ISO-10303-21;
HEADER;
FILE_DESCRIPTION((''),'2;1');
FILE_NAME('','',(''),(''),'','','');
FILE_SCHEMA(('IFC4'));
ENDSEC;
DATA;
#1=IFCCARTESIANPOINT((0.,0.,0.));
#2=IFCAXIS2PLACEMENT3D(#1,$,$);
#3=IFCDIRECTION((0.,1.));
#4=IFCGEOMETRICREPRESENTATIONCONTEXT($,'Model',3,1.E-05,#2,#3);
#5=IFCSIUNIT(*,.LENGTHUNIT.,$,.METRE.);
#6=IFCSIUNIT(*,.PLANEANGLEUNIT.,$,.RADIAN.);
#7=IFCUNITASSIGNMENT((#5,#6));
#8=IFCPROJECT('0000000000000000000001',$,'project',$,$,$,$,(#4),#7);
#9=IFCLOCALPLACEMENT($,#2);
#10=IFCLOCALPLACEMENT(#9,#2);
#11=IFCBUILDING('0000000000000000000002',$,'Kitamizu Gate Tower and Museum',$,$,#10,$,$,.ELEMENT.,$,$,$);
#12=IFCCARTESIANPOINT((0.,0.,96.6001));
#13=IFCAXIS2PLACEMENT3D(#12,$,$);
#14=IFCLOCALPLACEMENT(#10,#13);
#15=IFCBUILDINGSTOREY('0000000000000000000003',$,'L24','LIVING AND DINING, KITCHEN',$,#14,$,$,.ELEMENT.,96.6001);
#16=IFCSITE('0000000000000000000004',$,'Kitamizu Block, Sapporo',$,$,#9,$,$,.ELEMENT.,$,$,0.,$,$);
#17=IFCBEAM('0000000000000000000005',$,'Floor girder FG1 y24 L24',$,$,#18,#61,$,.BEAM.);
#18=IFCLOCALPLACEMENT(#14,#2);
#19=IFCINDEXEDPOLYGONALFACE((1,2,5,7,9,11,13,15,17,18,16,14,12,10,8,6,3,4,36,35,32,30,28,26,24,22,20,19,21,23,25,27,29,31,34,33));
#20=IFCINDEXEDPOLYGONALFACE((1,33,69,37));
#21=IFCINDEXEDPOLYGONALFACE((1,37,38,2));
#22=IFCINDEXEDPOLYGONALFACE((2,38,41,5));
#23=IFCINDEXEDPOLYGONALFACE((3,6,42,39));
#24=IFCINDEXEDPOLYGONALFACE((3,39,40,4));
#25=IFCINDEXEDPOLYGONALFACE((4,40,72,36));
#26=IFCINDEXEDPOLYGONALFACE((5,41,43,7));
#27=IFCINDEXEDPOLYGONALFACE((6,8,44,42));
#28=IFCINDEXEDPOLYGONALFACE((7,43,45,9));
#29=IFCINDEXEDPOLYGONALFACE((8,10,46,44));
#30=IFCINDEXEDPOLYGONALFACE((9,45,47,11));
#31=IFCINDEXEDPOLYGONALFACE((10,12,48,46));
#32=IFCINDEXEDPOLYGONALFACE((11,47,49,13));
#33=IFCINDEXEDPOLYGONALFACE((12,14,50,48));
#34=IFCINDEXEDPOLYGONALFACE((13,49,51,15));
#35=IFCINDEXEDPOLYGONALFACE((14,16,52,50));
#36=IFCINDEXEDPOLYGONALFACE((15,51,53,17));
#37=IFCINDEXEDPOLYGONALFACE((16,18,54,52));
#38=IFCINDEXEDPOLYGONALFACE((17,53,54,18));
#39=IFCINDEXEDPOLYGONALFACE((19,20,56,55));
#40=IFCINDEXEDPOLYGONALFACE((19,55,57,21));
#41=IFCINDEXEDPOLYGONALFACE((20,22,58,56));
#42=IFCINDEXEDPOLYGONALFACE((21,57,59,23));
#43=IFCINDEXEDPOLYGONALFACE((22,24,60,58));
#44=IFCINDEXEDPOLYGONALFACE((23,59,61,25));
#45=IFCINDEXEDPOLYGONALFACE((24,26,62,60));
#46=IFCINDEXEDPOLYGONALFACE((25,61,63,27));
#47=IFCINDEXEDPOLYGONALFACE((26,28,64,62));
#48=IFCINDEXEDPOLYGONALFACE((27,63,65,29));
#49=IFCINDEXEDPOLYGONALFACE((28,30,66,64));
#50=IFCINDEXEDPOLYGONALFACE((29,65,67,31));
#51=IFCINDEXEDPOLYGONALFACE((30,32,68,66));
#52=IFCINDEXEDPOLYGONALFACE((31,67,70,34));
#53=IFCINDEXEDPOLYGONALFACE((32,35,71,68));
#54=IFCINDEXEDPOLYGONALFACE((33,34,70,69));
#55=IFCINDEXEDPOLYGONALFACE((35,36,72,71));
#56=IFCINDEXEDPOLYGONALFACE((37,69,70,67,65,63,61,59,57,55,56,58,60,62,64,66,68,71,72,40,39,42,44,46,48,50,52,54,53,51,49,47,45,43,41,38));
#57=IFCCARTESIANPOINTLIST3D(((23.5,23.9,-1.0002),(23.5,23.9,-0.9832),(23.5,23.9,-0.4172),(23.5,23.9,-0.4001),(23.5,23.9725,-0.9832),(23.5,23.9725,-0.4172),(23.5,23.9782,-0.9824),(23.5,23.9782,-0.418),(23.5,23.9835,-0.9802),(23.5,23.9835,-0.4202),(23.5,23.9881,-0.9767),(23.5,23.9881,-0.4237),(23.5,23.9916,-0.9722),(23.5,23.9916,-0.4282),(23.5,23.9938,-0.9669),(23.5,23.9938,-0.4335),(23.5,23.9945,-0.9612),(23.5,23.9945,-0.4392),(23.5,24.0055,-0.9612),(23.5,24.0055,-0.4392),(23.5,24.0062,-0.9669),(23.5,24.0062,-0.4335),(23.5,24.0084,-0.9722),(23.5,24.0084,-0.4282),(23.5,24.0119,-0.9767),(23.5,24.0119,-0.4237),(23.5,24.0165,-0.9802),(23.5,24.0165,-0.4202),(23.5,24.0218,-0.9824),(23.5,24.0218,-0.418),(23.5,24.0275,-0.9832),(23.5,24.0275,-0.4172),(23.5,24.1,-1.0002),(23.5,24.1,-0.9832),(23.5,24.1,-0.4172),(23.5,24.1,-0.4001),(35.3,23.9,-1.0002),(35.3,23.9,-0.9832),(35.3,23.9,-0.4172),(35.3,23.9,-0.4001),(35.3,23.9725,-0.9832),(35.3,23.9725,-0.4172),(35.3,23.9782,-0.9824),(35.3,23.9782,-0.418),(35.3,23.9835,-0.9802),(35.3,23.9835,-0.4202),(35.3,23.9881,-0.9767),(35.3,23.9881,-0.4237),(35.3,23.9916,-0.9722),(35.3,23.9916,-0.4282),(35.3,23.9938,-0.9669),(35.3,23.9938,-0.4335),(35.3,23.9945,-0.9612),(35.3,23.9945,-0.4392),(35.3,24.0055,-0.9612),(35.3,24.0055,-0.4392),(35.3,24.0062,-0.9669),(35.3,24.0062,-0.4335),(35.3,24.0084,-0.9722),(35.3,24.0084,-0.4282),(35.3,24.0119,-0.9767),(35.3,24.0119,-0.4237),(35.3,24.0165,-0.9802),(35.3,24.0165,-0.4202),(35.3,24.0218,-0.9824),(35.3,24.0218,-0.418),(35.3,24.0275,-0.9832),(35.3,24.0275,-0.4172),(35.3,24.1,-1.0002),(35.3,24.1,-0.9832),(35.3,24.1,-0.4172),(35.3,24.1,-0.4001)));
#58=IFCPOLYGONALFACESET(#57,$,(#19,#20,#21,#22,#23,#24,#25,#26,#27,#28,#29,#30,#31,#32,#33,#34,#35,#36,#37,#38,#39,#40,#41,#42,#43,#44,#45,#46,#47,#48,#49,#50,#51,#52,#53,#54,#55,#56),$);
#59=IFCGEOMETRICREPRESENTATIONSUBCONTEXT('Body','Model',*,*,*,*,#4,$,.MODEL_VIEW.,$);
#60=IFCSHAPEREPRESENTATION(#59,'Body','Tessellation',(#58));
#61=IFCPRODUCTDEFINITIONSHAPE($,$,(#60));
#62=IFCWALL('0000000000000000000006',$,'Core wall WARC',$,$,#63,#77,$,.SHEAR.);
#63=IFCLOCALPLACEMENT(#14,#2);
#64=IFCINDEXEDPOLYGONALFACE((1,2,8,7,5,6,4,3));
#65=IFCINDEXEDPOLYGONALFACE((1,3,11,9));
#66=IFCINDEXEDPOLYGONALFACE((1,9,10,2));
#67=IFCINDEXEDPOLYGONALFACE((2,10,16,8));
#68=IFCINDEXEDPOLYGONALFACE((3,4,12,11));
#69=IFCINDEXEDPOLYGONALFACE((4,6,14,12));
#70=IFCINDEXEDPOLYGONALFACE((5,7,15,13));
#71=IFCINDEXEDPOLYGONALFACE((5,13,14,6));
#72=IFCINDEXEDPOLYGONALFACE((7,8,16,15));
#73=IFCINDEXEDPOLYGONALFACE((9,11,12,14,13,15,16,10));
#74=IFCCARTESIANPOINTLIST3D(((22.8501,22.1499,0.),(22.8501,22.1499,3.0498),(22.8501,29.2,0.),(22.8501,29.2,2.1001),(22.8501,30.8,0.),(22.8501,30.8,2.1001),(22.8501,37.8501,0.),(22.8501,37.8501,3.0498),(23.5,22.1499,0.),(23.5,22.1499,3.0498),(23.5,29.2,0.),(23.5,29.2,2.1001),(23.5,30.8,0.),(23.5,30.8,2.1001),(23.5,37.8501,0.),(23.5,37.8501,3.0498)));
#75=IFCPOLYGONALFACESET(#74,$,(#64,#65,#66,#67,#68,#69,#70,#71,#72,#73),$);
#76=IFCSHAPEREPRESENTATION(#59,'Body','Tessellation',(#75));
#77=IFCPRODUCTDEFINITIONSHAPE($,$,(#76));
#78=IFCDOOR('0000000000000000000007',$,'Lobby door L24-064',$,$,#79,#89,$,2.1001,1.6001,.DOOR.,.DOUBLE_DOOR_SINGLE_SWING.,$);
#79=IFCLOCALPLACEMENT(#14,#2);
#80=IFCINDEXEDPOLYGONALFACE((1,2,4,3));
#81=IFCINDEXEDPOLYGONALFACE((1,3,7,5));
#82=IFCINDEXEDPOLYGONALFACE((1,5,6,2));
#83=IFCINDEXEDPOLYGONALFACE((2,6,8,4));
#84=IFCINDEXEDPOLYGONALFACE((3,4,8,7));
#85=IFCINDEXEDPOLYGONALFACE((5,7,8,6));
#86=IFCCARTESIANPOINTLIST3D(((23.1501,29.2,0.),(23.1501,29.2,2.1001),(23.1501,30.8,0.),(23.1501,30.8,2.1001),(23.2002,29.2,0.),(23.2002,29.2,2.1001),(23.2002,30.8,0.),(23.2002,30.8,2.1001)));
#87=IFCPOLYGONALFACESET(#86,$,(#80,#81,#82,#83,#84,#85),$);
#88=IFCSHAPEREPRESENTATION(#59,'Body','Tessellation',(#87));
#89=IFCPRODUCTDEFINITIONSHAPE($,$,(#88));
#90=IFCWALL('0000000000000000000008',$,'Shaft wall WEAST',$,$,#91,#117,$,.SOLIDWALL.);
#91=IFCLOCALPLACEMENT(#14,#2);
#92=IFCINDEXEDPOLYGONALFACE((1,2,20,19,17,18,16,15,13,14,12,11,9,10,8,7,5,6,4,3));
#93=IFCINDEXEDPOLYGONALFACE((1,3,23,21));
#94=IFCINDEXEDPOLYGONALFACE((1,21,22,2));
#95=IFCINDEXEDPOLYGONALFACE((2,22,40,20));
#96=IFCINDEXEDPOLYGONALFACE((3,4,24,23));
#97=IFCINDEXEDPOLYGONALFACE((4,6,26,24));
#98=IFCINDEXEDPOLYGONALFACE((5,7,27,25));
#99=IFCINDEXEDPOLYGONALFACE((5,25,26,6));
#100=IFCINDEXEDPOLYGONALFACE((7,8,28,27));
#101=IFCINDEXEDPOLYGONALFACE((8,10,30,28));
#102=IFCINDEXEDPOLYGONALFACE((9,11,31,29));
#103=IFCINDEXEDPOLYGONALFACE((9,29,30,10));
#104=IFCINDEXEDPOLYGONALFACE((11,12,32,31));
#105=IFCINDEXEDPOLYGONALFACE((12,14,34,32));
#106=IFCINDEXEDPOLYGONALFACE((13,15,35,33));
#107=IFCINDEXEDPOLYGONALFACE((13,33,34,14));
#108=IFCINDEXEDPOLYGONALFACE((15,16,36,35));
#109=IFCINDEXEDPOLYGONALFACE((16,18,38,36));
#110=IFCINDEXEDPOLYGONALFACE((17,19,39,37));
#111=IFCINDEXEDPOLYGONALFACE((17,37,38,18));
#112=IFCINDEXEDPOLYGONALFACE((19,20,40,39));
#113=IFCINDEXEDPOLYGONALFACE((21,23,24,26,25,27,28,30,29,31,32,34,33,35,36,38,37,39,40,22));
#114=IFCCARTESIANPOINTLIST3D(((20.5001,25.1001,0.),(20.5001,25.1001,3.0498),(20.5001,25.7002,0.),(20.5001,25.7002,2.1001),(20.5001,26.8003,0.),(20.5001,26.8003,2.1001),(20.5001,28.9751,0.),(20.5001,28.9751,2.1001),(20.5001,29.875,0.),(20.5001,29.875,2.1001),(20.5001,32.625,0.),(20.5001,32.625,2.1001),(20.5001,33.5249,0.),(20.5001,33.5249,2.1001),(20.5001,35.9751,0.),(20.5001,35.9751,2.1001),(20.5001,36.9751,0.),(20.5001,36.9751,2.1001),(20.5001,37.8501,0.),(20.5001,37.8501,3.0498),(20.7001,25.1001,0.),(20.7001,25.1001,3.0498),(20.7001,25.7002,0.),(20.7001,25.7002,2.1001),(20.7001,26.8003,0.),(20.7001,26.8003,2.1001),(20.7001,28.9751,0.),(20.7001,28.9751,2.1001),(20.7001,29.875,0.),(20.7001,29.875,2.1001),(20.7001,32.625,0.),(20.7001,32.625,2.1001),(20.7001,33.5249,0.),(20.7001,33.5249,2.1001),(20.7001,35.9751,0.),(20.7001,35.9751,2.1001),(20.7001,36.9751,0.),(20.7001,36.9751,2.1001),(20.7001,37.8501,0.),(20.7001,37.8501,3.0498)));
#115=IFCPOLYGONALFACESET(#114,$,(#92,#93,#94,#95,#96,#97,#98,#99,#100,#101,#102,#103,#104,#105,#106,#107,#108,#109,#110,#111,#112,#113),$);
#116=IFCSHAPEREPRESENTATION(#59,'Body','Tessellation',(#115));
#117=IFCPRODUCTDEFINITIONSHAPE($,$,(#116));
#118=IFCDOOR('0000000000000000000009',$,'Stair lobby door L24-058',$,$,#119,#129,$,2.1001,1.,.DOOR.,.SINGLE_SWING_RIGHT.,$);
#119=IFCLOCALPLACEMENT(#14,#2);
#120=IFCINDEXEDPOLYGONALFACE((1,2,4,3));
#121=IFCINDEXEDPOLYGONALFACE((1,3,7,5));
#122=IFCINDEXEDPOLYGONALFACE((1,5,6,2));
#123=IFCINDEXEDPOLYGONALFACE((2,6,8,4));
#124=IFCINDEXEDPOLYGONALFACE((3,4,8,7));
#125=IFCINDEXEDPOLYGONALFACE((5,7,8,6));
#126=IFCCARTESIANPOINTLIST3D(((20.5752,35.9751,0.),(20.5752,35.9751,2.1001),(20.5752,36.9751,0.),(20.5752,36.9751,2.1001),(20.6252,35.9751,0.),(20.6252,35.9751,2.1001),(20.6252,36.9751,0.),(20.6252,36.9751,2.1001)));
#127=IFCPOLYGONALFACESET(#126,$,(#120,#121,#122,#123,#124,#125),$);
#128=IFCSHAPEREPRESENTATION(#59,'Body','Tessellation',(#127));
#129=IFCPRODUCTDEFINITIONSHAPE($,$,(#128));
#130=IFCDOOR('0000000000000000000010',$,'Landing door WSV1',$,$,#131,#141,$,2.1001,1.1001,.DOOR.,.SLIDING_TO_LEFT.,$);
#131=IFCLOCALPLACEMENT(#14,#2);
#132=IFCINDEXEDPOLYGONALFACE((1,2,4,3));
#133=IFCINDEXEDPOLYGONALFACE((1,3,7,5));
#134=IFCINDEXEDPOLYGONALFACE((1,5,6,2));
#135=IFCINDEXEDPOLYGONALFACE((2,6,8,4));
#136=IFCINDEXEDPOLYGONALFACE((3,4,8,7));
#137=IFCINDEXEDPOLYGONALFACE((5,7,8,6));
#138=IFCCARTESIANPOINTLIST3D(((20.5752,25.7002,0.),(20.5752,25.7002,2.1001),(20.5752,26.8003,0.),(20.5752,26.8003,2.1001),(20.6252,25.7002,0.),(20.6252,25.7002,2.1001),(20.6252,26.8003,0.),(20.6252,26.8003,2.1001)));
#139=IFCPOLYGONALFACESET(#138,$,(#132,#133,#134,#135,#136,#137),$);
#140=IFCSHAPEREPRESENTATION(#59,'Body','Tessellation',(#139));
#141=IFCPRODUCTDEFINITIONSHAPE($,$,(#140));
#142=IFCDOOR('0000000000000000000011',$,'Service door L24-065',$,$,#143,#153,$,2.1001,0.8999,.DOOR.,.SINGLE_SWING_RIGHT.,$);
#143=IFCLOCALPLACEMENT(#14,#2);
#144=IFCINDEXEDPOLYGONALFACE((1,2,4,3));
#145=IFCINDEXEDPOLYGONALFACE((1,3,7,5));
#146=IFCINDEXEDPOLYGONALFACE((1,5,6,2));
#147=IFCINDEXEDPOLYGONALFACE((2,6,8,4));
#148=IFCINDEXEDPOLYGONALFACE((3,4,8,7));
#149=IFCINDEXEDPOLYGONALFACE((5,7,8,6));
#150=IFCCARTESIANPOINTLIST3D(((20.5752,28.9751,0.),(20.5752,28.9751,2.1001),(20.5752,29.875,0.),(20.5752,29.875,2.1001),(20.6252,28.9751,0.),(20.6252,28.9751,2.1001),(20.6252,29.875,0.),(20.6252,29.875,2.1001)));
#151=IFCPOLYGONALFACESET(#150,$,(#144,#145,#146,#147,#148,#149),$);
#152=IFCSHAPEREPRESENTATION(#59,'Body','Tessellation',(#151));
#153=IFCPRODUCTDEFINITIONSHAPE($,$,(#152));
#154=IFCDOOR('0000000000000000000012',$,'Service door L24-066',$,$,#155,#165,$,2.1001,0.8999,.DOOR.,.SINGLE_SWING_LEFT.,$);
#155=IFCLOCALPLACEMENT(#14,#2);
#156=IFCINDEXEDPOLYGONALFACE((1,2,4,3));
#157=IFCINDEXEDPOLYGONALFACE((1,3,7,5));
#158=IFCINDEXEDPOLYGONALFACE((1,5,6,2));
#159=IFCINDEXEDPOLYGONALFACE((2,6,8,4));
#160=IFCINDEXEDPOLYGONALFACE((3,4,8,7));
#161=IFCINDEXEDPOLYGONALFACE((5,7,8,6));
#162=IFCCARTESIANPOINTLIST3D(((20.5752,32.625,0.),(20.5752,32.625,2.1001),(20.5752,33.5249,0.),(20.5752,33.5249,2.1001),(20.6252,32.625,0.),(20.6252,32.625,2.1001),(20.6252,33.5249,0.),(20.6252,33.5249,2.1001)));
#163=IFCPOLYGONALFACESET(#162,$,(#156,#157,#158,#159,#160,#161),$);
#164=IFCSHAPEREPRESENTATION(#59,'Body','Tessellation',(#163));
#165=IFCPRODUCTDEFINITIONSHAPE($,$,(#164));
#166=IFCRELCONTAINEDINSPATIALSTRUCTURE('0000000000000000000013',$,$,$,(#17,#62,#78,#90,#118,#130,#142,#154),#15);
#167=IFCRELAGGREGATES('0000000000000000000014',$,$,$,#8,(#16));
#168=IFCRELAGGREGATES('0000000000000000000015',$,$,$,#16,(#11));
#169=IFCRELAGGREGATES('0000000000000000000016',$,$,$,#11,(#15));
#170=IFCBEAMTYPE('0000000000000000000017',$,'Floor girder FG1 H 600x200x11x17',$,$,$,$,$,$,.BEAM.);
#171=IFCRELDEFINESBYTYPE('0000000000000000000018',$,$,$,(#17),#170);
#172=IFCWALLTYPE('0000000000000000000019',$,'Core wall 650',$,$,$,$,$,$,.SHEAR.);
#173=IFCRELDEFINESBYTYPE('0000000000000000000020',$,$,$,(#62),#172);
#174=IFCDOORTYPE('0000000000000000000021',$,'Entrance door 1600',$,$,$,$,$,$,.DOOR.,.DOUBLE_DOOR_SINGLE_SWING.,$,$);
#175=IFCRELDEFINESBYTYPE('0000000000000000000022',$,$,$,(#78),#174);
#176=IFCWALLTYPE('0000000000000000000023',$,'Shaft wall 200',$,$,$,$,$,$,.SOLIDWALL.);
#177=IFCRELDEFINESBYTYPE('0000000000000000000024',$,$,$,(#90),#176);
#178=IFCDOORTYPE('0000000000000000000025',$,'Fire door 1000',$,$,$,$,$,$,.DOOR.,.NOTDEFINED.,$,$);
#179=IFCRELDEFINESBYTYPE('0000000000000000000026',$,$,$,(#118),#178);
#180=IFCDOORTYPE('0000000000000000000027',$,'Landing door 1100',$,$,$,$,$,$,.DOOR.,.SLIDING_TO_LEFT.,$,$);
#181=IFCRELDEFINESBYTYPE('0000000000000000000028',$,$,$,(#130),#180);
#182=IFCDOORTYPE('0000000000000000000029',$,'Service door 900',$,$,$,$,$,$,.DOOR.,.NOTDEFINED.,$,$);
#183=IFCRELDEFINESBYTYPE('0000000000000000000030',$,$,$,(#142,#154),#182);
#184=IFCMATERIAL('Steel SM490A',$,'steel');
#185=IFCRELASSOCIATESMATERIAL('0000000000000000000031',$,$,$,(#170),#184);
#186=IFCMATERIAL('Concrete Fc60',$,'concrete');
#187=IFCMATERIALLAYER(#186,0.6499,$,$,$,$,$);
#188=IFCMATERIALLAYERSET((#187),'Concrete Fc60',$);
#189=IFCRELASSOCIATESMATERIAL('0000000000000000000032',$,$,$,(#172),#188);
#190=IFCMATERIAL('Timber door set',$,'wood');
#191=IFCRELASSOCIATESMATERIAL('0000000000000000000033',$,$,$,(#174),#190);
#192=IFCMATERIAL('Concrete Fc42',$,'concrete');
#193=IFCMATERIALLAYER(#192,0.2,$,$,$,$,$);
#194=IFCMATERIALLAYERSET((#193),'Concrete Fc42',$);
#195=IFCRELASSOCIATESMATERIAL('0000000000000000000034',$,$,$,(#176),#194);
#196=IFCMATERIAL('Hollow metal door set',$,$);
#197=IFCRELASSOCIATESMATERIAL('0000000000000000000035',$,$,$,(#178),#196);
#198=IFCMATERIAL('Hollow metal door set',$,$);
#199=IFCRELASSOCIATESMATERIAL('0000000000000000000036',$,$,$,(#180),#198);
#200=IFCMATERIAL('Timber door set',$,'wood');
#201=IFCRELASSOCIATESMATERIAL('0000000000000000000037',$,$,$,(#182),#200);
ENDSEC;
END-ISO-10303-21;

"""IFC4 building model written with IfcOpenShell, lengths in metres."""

from ifc_helpers import new_model, si_unit, direction, frame, frame_2d, origin, origin_2d, place, context, subcontext, project, spatial, rectangle, i_section, extrude, material, layer, layer_set, material_profile, profile_set, type_object, element, fill, save


model = new_model("IFC4")

# Units and contexts
model_context = context("Model", 3, precision=1e-05, world=origin(), true_north=direction((0.0, 1.0)))
body_context = subcontext(model_context, "Body", "Model", "MODEL_VIEW")
ifc_project = project(units=[si_unit("LENGTHUNIT", "METRE"), si_unit("PLANEANGLEUNIT", "RADIAN")], contexts=[model_context])

# Site, building, storey
site_placement = place(None, origin())
site = spatial("IfcSite", under=ifc_project, at=site_placement, Name="Kitamizu Block, Sapporo", CompositionType="ELEMENT", RefElevation=0.0)
building_placement = place(site_placement, origin())
building = spatial("IfcBuilding", under=site, at=building_placement, Name="Kitamizu Gate Tower and Museum", CompositionType="ELEMENT")
storey_placement = place(building_placement, frame((0.0, 0.0, 96.6001)))
storey = spatial("IfcBuildingStorey", under=building, at=storey_placement, Name="L24", Description="LIVING AND DINING, KITCHEN", CompositionType="ELEMENT", Elevation=96.6001)

# Beam
ifc_material_1 = material(Name="Steel SM490A", Category="steel")
ifc_material_profile = material_profile(ifc_material_1, i_section(OverallWidth=0.2, OverallDepth=0.6001, WebThickness=0.011, FlangeThickness=0.0171, FilletRadius=0.022, at=origin_2d()), Name="H-600x200x11x17")
ifc_profile_set = profile_set([ifc_material_profile], Name="Steel SM490A")
beam_type = type_object("IfcBeamType", Name="Floor girder FG1 H 600x200x11x17", PredefinedType="BEAM", material=ifc_profile_set)
beam_placement = place(storey_placement, frame((23.5, 24.0, -0.7002), z_axis=(1.0, 0.0, 0.0), x_axis=(0.0, 1.0, 0.0)))
element("IfcBeam", 1, at=beam_placement, inside=storey, type_object=beam_type, Name="Floor girder FG1 y24 L24", PredefinedType="BEAM", context=body_context, shape_type="SweptSolid", body=[
    extrude(i_section(OverallWidth=0.2, OverallDepth=0.6001, WebThickness=0.011, FlangeThickness=0.0171, FilletRadius=0.022, at=origin_2d()), origin(), (0.0, 0.0, 1.0), 11.8),
])

# Wall, opening, door
ifc_material_2 = material(Name="Concrete Fc60", Category="concrete")
ifc_layer_1 = layer(ifc_material_2, 0.6499)
ifc_layer_set_1 = layer_set([ifc_layer_1], Name="Concrete Fc60")
wall_type_1 = type_object("IfcWallType", Name="Core wall 650", PredefinedType="SHEAR", material=ifc_layer_set_1)
wall_1_placement = place(storey_placement, frame((23.175, 22.1499, 0.0), z_axis=(0.0, 0.0, 1.0), x_axis=(0.0, 1.0, 0.0)))
wall_1 = element("IfcWall", 2, at=wall_1_placement, inside=storey, type_object=wall_type_1, Name="Core wall WARC", PredefinedType="SHEAR", context=body_context, shape_type="SweptSolid", body=[
    extrude(rectangle(XDim=15.7002, YDim=0.6499, at=frame_2d((7.8501, 0.0))), origin(), (0.0, 0.0, 1.0), 3.0498),
])
opening_1_placement = place(wall_1_placement, frame((7.05, 0.0, 0.0)))
opening_1 = element("IfcOpeningElement", 3, at=opening_1_placement, cuts=wall_1, PredefinedType="OPENING", context=body_context, shape_type="SweptSolid", body=[
    extrude(rectangle(XDim=1.6001, YDim=2.1001, at=frame_2d((0.8, 1.05))), frame((0.0, 0.335, 0.0), z_axis=(0.0, -1.0, 0.0), x_axis=(1.0, 0.0, 0.0)), (0.0, 0.0, 1.0), 0.6699),
])
ifc_material_3 = material(Name="Timber door set", Category="wood")
door_type_1 = type_object("IfcDoorType", Name="Entrance door 1600", OperationType="DOUBLE_DOOR_SINGLE_SWING", PredefinedType="DOOR", material=ifc_material_3)
door_1_placement = place(opening_1_placement, origin())
door_1 = element("IfcDoor", 4, at=door_1_placement, inside=storey, type_object=door_type_1, Name="Lobby door L24-064", OperationType="DOUBLE_DOOR_SINGLE_SWING", OverallHeight=2.1001, OverallWidth=1.6001, PredefinedType="DOOR", context=body_context, shape_type="SweptSolid", body=[
    extrude(rectangle(XDim=1.6001, YDim=2.1001, at=frame_2d((0.8, 1.05))), frame((0.0, 0.0249, 0.0), z_axis=(0.0, -1.0, 0.0), x_axis=(1.0, 0.0, 0.0)), (0.0, 0.0, 1.0), 0.05),
])
fill(opening_1, door_1)

# Wall, openings, doors
ifc_material_4 = material(Name="Concrete Fc42", Category="concrete")
ifc_layer_2 = layer(ifc_material_4, 0.2)
ifc_layer_set_2 = layer_set([ifc_layer_2], Name="Concrete Fc42")
wall_type_2 = type_object("IfcWallType", Name="Shaft wall 200", PredefinedType="SOLIDWALL", material=ifc_layer_set_2)
wall_2_placement = place(storey_placement, frame((20.6001, 25.1001, 0.0), z_axis=(0.0, 0.0, 1.0), x_axis=(0.0, 1.0, 0.0)))
wall_2 = element("IfcWall", 5, at=wall_2_placement, inside=storey, type_object=wall_type_2, Name="Shaft wall WEAST", PredefinedType="SOLIDWALL", context=body_context, shape_type="SweptSolid", body=[
    extrude(rectangle(XDim=12.75, YDim=0.2, at=frame_2d((6.375, 0.0))), origin(), (0.0, 0.0, 1.0), 3.0498),
])
opening_2_placement = place(wall_2_placement, frame((0.6001, 0.0, 0.0)))
opening_2 = element("IfcOpeningElement", 6, at=opening_2_placement, cuts=wall_2, PredefinedType="OPENING", context=body_context, shape_type="SweptSolid", body=[
    extrude(rectangle(XDim=1.1001, YDim=2.1001, at=frame_2d((0.55, 1.05))), frame((0.0, 0.1099, 0.0), z_axis=(0.0, -1.0, 0.0), x_axis=(1.0, 0.0, 0.0)), (0.0, 0.0, 1.0), 0.22),
])
opening_3_placement = place(wall_2_placement, frame((10.875, 0.0, 0.0)))
opening_3 = element("IfcOpeningElement", 7, at=opening_3_placement, cuts=wall_2, PredefinedType="OPENING", context=body_context, shape_type="SweptSolid", body=[
    extrude(rectangle(XDim=1.0, YDim=2.1001, at=frame_2d((0.5, 1.05))), frame((0.0, 0.1099, 0.0), z_axis=(0.0, -1.0, 0.0), x_axis=(1.0, 0.0, 0.0)), (0.0, 0.0, 1.0), 0.22),
])
opening_4_placement = place(wall_2_placement, frame((3.875, 0.0, 0.0)))
opening_4 = element("IfcOpeningElement", 8, at=opening_4_placement, cuts=wall_2, PredefinedType="OPENING", context=body_context, shape_type="SweptSolid", body=[
    extrude(rectangle(XDim=0.8999, YDim=2.1001, at=frame_2d((0.45, 1.05))), frame((0.0, 0.1099, 0.0), z_axis=(0.0, -1.0, 0.0), x_axis=(1.0, 0.0, 0.0)), (0.0, 0.0, 1.0), 0.22),
])
opening_5_placement = place(wall_2_placement, frame((7.5249, 0.0, 0.0)))
opening_5 = element("IfcOpeningElement", 9, at=opening_5_placement, cuts=wall_2, PredefinedType="OPENING", context=body_context, shape_type="SweptSolid", body=[
    extrude(rectangle(XDim=0.8999, YDim=2.1001, at=frame_2d((0.45, 1.05))), frame((0.0, 0.1099, 0.0), z_axis=(0.0, -1.0, 0.0), x_axis=(1.0, 0.0, 0.0)), (0.0, 0.0, 1.0), 0.22),
])
ifc_material_5 = material(Name="Hollow metal door set")
door_type_2 = type_object("IfcDoorType", Name="Fire door 1000", OperationType="NOTDEFINED", PredefinedType="DOOR", material=ifc_material_5)
door_2_placement = place(opening_3_placement, origin())
door_2 = element("IfcDoor", 10, at=door_2_placement, inside=storey, type_object=door_type_2, Name="Stair lobby door L24-058", OperationType="SINGLE_SWING_RIGHT", OverallHeight=2.1001, OverallWidth=1.0, PredefinedType="DOOR", context=body_context, shape_type="SweptSolid", body=[
    extrude(rectangle(XDim=1.0, YDim=2.1001, at=frame_2d((0.5, 1.05))), frame((0.0, 0.0249, 0.0), z_axis=(0.0, -1.0, 0.0), x_axis=(1.0, 0.0, 0.0)), (0.0, 0.0, 1.0), 0.05),
])
fill(opening_3, door_2)
ifc_material_6 = material(Name="Hollow metal door set")
door_type_3 = type_object("IfcDoorType", Name="Landing door 1100", OperationType="SLIDING_TO_LEFT", PredefinedType="DOOR", material=ifc_material_6)
door_3_placement = place(opening_2_placement, origin())
door_3 = element("IfcDoor", 11, at=door_3_placement, inside=storey, type_object=door_type_3, Name="Landing door WSV1", OperationType="SLIDING_TO_LEFT", OverallHeight=2.1001, OverallWidth=1.1001, PredefinedType="DOOR", context=body_context, shape_type="SweptSolid", body=[
    extrude(rectangle(XDim=1.1001, YDim=2.1001, at=frame_2d((0.55, 1.05))), frame((0.0, 0.0249, 0.0), z_axis=(0.0, -1.0, 0.0), x_axis=(1.0, 0.0, 0.0)), (0.0, 0.0, 1.0), 0.05),
])
fill(opening_2, door_3)
ifc_material_7 = material(Name="Timber door set", Category="wood")
door_type_4 = type_object("IfcDoorType", Name="Service door 900", OperationType="NOTDEFINED", PredefinedType="DOOR", material=ifc_material_7)
door_4_placement = place(opening_4_placement, origin())
door_4 = element("IfcDoor", 12, at=door_4_placement, inside=storey, type_object=door_type_4, Name="Service door L24-065", OperationType="SINGLE_SWING_RIGHT", OverallHeight=2.1001, OverallWidth=0.8999, PredefinedType="DOOR", context=body_context, shape_type="SweptSolid", body=[
    extrude(rectangle(XDim=0.8999, YDim=2.1001, at=frame_2d((0.45, 1.05))), frame((0.0, 0.0249, 0.0), z_axis=(0.0, -1.0, 0.0), x_axis=(1.0, 0.0, 0.0)), (0.0, 0.0, 1.0), 0.05),
])
fill(opening_4, door_4)
door_5_placement = place(opening_5_placement, origin())
door_5 = element("IfcDoor", 13, at=door_5_placement, inside=storey, type_object=door_type_4, Name="Service door L24-066", OperationType="SINGLE_SWING_LEFT", OverallHeight=2.1001, OverallWidth=0.8999, PredefinedType="DOOR", context=body_context, shape_type="SweptSolid", body=[
    extrude(rectangle(XDim=0.8999, YDim=2.1001, at=frame_2d((0.45, 1.05))), frame((0.0, 0.0249, 0.0), z_axis=(0.0, -1.0, 0.0), x_axis=(1.0, 0.0, 0.0)), (0.0, 0.0, 1.0), 0.05),
])
fill(opening_5, door_5)

save(model, "model.ifc")
